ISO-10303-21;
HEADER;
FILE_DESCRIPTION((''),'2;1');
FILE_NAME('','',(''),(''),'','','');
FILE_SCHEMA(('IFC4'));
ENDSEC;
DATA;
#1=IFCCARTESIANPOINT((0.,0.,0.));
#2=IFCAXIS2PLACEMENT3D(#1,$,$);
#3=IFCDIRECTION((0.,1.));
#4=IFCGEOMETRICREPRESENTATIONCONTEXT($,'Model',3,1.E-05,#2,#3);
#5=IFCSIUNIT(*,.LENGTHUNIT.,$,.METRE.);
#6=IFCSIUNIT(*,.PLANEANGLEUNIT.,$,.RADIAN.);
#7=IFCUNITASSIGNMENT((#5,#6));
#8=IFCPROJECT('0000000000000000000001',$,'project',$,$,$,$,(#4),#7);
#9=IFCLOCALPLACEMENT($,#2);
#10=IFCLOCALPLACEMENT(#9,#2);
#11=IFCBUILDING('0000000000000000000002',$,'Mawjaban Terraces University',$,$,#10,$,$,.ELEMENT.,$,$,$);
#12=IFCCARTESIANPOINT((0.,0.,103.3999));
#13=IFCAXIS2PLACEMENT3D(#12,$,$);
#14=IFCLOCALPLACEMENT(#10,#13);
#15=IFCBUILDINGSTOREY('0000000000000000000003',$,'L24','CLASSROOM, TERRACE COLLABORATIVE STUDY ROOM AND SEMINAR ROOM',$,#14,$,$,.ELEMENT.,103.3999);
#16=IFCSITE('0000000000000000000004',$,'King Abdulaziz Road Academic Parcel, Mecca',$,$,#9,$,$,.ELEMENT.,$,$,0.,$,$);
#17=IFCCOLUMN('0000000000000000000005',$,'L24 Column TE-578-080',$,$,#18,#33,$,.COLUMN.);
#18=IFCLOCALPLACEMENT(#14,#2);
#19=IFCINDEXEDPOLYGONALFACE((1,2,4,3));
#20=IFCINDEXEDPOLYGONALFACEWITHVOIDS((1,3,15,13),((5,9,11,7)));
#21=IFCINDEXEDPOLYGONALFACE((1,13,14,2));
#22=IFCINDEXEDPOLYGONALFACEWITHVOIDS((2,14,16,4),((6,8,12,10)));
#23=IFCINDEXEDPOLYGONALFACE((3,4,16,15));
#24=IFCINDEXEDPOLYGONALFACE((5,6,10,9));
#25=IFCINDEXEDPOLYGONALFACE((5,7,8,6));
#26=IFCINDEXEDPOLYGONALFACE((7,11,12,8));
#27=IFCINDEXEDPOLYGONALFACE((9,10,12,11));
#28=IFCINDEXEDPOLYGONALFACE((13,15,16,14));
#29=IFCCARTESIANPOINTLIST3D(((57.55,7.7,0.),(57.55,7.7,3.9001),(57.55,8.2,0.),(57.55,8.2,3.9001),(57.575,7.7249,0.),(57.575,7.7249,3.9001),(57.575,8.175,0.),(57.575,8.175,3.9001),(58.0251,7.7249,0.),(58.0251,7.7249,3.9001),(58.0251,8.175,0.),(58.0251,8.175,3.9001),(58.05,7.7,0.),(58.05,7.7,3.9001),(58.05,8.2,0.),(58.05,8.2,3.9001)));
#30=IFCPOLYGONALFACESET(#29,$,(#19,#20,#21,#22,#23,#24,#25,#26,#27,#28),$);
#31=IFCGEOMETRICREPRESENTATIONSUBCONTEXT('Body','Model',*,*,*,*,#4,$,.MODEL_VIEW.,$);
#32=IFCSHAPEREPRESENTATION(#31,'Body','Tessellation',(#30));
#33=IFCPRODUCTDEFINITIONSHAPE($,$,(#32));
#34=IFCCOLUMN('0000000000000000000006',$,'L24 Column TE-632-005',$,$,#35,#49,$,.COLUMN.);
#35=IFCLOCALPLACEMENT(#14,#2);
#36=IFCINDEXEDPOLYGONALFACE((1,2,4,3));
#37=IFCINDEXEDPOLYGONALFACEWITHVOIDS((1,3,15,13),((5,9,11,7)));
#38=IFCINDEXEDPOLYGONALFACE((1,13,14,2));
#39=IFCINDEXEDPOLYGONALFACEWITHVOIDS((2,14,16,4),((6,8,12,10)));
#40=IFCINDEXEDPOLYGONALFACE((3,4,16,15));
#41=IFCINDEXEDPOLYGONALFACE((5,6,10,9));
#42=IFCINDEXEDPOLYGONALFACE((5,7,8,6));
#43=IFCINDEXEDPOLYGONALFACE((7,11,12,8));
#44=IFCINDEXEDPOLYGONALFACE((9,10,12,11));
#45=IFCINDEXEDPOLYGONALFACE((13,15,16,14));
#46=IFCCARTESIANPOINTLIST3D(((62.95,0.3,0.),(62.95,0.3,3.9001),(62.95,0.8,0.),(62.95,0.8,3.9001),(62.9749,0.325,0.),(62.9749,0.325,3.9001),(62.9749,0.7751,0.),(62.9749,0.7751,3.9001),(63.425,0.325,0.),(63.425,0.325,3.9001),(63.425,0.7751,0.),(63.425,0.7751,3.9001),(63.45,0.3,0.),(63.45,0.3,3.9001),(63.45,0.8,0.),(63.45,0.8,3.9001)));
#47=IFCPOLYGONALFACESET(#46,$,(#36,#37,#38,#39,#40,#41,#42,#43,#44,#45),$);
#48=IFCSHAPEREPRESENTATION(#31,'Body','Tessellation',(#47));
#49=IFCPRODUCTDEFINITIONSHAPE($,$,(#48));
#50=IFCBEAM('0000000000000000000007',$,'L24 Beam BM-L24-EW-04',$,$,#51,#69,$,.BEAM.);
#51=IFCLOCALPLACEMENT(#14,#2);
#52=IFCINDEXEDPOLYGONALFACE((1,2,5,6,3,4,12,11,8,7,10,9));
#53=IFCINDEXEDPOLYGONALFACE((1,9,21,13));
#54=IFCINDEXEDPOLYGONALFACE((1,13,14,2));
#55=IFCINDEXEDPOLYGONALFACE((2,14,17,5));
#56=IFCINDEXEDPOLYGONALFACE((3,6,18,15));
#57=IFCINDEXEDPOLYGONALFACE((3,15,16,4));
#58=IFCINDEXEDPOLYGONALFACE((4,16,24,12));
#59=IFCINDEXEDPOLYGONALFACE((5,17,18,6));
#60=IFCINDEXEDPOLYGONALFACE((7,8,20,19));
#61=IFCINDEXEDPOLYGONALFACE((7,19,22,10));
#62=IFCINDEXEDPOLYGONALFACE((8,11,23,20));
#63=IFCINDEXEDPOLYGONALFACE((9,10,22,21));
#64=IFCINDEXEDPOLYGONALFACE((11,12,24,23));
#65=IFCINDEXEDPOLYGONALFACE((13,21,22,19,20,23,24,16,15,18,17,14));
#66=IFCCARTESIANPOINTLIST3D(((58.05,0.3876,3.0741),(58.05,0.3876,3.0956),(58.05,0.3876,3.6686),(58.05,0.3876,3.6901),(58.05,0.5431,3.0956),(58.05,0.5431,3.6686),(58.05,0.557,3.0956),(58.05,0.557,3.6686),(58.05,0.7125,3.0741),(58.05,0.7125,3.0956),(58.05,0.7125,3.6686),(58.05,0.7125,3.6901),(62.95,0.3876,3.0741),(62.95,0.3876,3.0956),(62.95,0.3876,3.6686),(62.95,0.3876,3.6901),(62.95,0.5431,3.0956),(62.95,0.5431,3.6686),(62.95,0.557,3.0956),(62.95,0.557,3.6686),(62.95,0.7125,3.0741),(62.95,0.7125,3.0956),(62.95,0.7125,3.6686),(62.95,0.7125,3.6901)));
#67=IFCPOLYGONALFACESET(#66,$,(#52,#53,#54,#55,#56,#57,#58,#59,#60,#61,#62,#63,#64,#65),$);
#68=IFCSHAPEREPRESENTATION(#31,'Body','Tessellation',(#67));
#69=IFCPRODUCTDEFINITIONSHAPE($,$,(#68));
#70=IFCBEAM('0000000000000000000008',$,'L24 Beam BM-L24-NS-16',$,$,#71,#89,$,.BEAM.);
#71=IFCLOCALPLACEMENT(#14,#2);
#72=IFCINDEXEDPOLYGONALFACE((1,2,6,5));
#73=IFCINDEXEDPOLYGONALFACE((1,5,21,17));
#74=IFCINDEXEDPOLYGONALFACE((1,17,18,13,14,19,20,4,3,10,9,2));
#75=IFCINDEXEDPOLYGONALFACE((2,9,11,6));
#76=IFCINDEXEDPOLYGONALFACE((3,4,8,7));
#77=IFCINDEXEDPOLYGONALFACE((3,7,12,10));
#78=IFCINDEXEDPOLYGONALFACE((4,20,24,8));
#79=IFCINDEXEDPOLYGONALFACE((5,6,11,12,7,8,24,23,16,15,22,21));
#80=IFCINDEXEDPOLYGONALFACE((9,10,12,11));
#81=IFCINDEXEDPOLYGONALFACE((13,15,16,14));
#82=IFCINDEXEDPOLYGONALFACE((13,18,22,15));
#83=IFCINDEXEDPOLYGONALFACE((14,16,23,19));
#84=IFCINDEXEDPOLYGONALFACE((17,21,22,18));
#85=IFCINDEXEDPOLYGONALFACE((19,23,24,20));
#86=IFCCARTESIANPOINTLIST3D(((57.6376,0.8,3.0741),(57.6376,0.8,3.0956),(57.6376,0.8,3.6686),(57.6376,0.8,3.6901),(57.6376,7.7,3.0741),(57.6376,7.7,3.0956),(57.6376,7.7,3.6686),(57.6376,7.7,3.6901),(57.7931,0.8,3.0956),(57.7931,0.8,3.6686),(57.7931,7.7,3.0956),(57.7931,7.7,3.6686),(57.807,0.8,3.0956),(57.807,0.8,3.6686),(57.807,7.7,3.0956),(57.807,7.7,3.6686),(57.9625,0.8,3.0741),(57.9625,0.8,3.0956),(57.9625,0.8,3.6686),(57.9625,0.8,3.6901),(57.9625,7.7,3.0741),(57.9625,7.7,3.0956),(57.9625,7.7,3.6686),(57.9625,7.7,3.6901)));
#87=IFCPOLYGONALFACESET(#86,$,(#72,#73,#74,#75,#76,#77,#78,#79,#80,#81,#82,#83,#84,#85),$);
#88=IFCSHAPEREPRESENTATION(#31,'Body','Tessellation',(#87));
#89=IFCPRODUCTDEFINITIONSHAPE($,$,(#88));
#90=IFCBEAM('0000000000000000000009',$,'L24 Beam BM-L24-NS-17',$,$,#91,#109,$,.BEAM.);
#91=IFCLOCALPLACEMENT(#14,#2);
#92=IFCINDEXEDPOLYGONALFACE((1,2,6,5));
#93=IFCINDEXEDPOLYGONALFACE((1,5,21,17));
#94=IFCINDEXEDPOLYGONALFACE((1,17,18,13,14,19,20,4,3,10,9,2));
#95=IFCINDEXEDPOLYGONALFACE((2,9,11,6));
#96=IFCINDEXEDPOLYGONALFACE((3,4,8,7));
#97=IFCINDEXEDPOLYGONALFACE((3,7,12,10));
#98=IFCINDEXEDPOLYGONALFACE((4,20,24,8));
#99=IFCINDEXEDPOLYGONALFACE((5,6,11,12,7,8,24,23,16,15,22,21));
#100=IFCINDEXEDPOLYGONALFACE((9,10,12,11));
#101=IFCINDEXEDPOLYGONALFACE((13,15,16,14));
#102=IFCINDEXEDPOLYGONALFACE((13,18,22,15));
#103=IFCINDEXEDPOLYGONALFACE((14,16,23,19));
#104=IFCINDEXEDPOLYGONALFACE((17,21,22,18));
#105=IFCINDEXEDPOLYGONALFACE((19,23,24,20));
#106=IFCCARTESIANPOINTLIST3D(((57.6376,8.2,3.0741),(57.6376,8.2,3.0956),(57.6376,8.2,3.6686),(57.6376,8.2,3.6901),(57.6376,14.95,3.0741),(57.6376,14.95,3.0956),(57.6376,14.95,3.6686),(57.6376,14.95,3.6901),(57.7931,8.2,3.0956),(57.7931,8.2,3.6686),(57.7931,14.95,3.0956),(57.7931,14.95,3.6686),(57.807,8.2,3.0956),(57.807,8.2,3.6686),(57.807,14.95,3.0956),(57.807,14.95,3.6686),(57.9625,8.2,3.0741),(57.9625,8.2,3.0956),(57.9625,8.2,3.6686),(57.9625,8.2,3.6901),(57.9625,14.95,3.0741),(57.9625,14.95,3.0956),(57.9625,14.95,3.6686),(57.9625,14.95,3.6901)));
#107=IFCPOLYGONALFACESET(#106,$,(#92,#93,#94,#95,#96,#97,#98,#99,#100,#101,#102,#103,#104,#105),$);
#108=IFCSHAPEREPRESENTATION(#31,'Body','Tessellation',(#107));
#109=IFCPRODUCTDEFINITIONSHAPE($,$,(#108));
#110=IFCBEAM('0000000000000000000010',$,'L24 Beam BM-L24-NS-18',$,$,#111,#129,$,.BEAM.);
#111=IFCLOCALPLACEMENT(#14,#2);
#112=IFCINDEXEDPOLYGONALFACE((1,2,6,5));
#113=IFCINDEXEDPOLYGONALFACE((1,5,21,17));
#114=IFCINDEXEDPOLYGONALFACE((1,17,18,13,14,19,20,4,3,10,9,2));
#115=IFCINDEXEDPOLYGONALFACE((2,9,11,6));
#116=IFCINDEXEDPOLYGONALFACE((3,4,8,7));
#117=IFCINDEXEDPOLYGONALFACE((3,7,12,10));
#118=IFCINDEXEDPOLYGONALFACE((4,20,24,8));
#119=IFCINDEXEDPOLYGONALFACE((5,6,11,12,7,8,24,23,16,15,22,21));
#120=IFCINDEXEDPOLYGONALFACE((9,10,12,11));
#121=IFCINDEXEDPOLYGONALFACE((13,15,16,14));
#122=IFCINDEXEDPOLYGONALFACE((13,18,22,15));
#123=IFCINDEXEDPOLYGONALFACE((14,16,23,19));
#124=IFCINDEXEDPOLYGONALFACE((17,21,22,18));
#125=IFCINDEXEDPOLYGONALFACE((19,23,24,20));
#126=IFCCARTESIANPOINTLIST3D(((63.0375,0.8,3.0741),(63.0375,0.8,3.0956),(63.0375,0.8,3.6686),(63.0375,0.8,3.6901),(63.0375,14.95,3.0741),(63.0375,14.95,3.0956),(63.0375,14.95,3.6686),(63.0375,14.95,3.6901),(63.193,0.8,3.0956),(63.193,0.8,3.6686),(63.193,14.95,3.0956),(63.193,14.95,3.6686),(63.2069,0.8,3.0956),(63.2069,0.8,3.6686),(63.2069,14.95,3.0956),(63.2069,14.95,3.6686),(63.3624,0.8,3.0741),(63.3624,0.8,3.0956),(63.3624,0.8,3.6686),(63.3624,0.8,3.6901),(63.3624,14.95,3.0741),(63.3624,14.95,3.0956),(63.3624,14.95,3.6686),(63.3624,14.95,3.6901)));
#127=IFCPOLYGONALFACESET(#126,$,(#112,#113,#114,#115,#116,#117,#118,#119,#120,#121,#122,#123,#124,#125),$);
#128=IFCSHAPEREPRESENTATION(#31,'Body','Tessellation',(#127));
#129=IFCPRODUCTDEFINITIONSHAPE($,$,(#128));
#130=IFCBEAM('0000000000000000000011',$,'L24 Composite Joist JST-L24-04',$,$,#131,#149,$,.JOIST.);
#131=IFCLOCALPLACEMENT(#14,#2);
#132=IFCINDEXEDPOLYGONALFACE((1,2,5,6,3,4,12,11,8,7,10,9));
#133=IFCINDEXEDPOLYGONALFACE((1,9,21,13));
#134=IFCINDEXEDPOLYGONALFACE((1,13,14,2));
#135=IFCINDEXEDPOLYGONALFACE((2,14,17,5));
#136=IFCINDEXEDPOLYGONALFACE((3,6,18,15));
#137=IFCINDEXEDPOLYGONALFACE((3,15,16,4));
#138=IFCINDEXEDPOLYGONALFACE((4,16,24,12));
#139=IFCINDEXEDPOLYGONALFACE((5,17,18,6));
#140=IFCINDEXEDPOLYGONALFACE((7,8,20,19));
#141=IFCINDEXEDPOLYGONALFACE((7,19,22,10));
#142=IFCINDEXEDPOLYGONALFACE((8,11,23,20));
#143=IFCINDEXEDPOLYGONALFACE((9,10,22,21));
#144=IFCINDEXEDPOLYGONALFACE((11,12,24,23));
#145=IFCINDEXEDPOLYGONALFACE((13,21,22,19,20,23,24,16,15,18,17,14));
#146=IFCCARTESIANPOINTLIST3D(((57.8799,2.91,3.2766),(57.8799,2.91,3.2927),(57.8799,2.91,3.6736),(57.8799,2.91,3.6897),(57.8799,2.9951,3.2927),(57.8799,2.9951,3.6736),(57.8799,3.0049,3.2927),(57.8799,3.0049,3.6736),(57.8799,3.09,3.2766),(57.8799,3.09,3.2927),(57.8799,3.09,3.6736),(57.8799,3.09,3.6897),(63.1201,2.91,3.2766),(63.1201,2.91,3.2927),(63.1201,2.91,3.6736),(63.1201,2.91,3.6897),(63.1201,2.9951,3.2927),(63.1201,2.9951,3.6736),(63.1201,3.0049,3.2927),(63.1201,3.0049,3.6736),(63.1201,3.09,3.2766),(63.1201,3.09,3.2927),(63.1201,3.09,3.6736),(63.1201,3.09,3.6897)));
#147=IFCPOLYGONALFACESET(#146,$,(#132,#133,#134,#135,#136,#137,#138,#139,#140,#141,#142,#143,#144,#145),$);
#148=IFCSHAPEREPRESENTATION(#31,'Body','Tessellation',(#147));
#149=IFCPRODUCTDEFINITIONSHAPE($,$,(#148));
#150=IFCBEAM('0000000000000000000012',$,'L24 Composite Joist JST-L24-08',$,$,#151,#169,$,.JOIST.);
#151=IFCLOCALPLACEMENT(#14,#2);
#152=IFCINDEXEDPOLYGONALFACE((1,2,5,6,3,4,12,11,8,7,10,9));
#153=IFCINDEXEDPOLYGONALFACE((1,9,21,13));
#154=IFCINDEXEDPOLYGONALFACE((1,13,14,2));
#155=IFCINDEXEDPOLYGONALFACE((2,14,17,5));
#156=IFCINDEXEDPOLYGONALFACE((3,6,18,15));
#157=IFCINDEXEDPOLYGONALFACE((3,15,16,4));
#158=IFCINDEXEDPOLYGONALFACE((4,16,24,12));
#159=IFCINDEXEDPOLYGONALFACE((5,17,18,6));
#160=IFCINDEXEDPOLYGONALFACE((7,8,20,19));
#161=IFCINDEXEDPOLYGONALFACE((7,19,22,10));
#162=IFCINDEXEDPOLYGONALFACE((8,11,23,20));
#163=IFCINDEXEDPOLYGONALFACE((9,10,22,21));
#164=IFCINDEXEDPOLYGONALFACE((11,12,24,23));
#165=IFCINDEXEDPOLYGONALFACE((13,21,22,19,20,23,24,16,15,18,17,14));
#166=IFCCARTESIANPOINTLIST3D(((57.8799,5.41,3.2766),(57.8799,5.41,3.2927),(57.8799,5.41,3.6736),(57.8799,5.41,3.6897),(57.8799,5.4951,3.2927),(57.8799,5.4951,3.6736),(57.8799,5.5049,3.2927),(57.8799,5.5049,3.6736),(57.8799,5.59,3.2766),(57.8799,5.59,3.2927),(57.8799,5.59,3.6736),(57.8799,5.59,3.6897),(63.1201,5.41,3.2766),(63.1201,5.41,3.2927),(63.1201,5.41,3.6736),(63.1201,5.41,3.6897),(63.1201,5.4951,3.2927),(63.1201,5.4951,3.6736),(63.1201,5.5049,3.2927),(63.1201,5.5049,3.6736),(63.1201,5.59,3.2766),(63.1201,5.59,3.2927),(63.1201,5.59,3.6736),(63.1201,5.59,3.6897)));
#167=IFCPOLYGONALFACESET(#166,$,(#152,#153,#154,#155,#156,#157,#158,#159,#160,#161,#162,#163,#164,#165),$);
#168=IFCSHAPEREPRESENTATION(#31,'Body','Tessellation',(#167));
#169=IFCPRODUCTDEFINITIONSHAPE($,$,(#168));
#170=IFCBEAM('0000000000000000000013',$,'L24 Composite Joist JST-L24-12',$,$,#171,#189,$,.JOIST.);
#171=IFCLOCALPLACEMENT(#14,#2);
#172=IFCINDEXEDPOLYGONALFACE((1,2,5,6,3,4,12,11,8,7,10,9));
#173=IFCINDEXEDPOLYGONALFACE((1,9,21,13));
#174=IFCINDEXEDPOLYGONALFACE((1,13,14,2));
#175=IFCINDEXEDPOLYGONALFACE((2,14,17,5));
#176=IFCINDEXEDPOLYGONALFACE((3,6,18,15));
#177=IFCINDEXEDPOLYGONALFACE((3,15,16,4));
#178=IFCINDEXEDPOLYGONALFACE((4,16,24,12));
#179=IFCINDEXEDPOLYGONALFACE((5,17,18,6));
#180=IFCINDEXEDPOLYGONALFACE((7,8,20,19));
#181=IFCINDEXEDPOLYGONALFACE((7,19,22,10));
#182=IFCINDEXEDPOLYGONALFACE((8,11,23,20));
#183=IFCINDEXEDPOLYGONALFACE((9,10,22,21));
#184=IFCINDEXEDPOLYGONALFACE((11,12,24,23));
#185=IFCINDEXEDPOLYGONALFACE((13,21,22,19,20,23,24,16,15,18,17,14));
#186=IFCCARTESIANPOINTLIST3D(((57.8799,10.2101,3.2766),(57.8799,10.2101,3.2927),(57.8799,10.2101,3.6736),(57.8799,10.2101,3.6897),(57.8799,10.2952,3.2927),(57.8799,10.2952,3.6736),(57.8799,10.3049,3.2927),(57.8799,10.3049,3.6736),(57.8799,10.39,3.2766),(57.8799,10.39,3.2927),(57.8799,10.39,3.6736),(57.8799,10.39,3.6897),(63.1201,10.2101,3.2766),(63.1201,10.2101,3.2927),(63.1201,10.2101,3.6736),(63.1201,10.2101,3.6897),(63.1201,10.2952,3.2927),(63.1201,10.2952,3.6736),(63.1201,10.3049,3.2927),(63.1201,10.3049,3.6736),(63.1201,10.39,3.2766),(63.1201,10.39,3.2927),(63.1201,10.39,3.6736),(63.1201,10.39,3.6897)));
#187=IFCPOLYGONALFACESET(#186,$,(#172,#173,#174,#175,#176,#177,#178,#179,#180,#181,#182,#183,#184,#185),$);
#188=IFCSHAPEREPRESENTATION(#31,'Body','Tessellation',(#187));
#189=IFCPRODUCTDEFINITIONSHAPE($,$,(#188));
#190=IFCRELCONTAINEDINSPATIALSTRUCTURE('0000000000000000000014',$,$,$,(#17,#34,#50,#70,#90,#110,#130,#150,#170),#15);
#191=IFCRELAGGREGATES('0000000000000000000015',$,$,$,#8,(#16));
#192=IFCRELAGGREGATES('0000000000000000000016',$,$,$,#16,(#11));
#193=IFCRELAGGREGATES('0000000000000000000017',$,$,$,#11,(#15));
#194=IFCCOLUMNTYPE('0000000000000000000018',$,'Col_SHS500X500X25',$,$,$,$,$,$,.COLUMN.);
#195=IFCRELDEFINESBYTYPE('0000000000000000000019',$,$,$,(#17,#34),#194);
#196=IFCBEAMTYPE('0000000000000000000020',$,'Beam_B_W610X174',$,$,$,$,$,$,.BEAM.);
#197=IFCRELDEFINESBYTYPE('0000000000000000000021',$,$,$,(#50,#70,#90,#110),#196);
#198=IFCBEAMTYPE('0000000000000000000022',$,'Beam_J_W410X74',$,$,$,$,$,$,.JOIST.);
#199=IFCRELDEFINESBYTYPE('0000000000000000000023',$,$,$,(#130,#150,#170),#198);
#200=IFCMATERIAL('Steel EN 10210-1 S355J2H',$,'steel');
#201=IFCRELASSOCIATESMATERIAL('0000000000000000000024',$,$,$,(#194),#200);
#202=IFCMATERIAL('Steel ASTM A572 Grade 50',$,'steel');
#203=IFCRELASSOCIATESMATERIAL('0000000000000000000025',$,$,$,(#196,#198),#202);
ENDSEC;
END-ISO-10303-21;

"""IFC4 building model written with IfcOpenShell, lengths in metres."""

from ifc_helpers import new_model, si_unit, direction, frame, origin, origin_2d, place, context, subcontext, project, spatial, hollow_rectangle, i_section, extrude, material, material_profile, profile_set, type_object, element, save


model = new_model("IFC4")

# Units and contexts
model_context = context("Model", 3, precision=1e-05, world=origin(), true_north=direction((0.0, 1.0)))
body_context = subcontext(model_context, "Body", "Model", "MODEL_VIEW")
ifc_project = project(units=[si_unit("LENGTHUNIT", "METRE"), si_unit("PLANEANGLEUNIT", "RADIAN")], contexts=[model_context])

# Site, building, storey
site_placement = place(None, origin())
site = spatial("IfcSite", under=ifc_project, at=site_placement, Name="King Abdulaziz Road Academic Parcel, Mecca", CompositionType="ELEMENT", RefElevation=0.0)
building_placement = place(site_placement, origin())
building = spatial("IfcBuilding", under=site, at=building_placement, Name="Mawjaban Terraces University", CompositionType="ELEMENT")
storey_placement = place(building_placement, frame((0.0, 0.0, 103.3999)))
storey = spatial("IfcBuildingStorey", under=building, at=storey_placement, Name="L24", Description="CLASSROOM, TERRACE COLLABORATIVE STUDY ROOM AND SEMINAR ROOM", CompositionType="ELEMENT", Elevation=103.3999)

# Columns
ifc_material_1 = material(Name="Steel EN 10210-1 S355J2H", Category="steel")
ifc_material_profile_1 = material_profile(ifc_material_1, hollow_rectangle(XDim=0.5, YDim=0.5, WallThickness=0.0249, at=origin_2d()), Name="SHS500X500X25")
ifc_profile_set_1 = profile_set([ifc_material_profile_1], Name="Steel EN 10210-1 S355J2H")
column_type = type_object("IfcColumnType", Name="Col_SHS500X500X25", PredefinedType="COLUMN", material=ifc_profile_set_1)
for number, where, z_axis, x_axis, name in (
    (1, (57.8, 7.95, 0.0), (0.0, 0.0, 1.0), (1.0, 0.0, 0.0), "L24 Column TE-578-080"),
    (2, (63.2, 0.55, 0.0), (0.0, 0.0, 1.0), (1.0, 0.0, 0.0), "L24 Column TE-632-005"),
):
    element("IfcColumn", number, at=place(storey_placement, frame(where, z_axis=z_axis, x_axis=x_axis)), inside=storey, type_object=column_type, Name=name, PredefinedType="COLUMN", context=body_context, shape_type="SweptSolid", body=[
        extrude(hollow_rectangle(XDim=0.5, YDim=0.5, WallThickness=0.0249, at=origin_2d()), origin(), (0.0, 0.0, 1.0), 3.9001),
    ])

# Beams
ifc_material_2 = material(Name="Steel ASTM A572 Grade 50", Category="steel")
ifc_material_profile_2 = material_profile(ifc_material_2, i_section(OverallWidth=0.325, OverallDepth=0.616, WebThickness=0.0139, FlangeThickness=0.0215, at=origin_2d()), Name="W610X174")
ifc_profile_set_2 = profile_set([ifc_material_profile_2], Name="Steel ASTM A572 Grade 50")
beam_type_1 = type_object("IfcBeamType", Name="Beam_B_W610X174", PredefinedType="BEAM", material=ifc_profile_set_2)
beam_1_placement = place(storey_placement, frame((58.05, 0.55, 3.3821), z_axis=(1.0, 0.0, 0.0), x_axis=(0.0, 1.0, 0.0)))
element("IfcBeam", 3, at=beam_1_placement, inside=storey, type_object=beam_type_1, Name="L24 Beam BM-L24-EW-04", PredefinedType="BEAM", context=body_context, shape_type="SweptSolid", body=[
    extrude(i_section(OverallWidth=0.325, OverallDepth=0.616, WebThickness=0.0139, FlangeThickness=0.0215, at=origin_2d()), origin(), (0.0, 0.0, 1.0), 4.8999),
])
beam_2_placement = place(storey_placement, frame((57.8, 0.8, 3.3821), z_axis=(0.0, 1.0, 0.0), x_axis=(-1.0, 0.0, 0.0)))
element("IfcBeam", 4, at=beam_2_placement, inside=storey, type_object=beam_type_1, Name="L24 Beam BM-L24-NS-16", PredefinedType="BEAM", context=body_context, shape_type="SweptSolid", body=[
    extrude(i_section(OverallWidth=0.325, OverallDepth=0.616, WebThickness=0.0139, FlangeThickness=0.0215, at=origin_2d()), origin(), (0.0, 0.0, 1.0), 6.8999),
])
beam_3_placement = place(storey_placement, frame((57.8, 8.2, 3.3821), z_axis=(0.0, 1.0, 0.0), x_axis=(-1.0, 0.0, 0.0)))
element("IfcBeam", 5, at=beam_3_placement, inside=storey, type_object=beam_type_1, Name="L24 Beam BM-L24-NS-17", PredefinedType="BEAM", context=body_context, shape_type="SweptSolid", body=[
    extrude(i_section(OverallWidth=0.325, OverallDepth=0.616, WebThickness=0.0139, FlangeThickness=0.0215, at=origin_2d()), origin(), (0.0, 0.0, 1.0), 6.75),
])
beam_4_placement = place(storey_placement, frame((63.2, 0.8, 3.3821), z_axis=(0.0, 1.0, 0.0), x_axis=(-1.0, 0.0, 0.0)))
element("IfcBeam", 6, at=beam_4_placement, inside=storey, type_object=beam_type_1, Name="L24 Beam BM-L24-NS-18", PredefinedType="BEAM", context=body_context, shape_type="SweptSolid", body=[
    extrude(i_section(OverallWidth=0.325, OverallDepth=0.616, WebThickness=0.0139, FlangeThickness=0.0215, at=origin_2d()), origin(), (0.0, 0.0, 1.0), 14.1499),
])
ifc_material_profile_3 = material_profile(ifc_material_2, i_section(OverallWidth=0.1799, OverallDepth=0.4131, WebThickness=0.0098, FlangeThickness=0.0161, at=origin_2d()), Name="W410X74")
ifc_profile_set_3 = profile_set([ifc_material_profile_3], Name="Steel ASTM A572 Grade 50")
beam_type_2 = type_object("IfcBeamType", Name="Beam_J_W410X74", PredefinedType="JOIST", material=ifc_profile_set_3)
for number, where, z_axis, x_axis, name in (
    (7, (57.8799, 3.0, 3.4832), (1.0, 0.0, 0.0), (0.0, 1.0, 0.0), "L24 Composite Joist JST-L24-04"),
    (8, (57.8799, 5.5, 3.4832), (1.0, 0.0, 0.0), (0.0, 1.0, 0.0), "L24 Composite Joist JST-L24-08"),
    (9, (57.8799, 10.3, 3.4832), (1.0, 0.0, 0.0), (0.0, 1.0, 0.0), "L24 Composite Joist JST-L24-12"),
):
    element("IfcBeam", number, at=place(storey_placement, frame(where, z_axis=z_axis, x_axis=x_axis)), inside=storey, type_object=beam_type_2, Name=name, PredefinedType="JOIST", context=body_context, shape_type="SweptSolid", body=[
        extrude(i_section(OverallWidth=0.1799, OverallDepth=0.4131, WebThickness=0.0098, FlangeThickness=0.0161, at=origin_2d()), origin(), (0.0, 0.0, 1.0), 5.2402),
    ])

save(model, "model.ifc")
